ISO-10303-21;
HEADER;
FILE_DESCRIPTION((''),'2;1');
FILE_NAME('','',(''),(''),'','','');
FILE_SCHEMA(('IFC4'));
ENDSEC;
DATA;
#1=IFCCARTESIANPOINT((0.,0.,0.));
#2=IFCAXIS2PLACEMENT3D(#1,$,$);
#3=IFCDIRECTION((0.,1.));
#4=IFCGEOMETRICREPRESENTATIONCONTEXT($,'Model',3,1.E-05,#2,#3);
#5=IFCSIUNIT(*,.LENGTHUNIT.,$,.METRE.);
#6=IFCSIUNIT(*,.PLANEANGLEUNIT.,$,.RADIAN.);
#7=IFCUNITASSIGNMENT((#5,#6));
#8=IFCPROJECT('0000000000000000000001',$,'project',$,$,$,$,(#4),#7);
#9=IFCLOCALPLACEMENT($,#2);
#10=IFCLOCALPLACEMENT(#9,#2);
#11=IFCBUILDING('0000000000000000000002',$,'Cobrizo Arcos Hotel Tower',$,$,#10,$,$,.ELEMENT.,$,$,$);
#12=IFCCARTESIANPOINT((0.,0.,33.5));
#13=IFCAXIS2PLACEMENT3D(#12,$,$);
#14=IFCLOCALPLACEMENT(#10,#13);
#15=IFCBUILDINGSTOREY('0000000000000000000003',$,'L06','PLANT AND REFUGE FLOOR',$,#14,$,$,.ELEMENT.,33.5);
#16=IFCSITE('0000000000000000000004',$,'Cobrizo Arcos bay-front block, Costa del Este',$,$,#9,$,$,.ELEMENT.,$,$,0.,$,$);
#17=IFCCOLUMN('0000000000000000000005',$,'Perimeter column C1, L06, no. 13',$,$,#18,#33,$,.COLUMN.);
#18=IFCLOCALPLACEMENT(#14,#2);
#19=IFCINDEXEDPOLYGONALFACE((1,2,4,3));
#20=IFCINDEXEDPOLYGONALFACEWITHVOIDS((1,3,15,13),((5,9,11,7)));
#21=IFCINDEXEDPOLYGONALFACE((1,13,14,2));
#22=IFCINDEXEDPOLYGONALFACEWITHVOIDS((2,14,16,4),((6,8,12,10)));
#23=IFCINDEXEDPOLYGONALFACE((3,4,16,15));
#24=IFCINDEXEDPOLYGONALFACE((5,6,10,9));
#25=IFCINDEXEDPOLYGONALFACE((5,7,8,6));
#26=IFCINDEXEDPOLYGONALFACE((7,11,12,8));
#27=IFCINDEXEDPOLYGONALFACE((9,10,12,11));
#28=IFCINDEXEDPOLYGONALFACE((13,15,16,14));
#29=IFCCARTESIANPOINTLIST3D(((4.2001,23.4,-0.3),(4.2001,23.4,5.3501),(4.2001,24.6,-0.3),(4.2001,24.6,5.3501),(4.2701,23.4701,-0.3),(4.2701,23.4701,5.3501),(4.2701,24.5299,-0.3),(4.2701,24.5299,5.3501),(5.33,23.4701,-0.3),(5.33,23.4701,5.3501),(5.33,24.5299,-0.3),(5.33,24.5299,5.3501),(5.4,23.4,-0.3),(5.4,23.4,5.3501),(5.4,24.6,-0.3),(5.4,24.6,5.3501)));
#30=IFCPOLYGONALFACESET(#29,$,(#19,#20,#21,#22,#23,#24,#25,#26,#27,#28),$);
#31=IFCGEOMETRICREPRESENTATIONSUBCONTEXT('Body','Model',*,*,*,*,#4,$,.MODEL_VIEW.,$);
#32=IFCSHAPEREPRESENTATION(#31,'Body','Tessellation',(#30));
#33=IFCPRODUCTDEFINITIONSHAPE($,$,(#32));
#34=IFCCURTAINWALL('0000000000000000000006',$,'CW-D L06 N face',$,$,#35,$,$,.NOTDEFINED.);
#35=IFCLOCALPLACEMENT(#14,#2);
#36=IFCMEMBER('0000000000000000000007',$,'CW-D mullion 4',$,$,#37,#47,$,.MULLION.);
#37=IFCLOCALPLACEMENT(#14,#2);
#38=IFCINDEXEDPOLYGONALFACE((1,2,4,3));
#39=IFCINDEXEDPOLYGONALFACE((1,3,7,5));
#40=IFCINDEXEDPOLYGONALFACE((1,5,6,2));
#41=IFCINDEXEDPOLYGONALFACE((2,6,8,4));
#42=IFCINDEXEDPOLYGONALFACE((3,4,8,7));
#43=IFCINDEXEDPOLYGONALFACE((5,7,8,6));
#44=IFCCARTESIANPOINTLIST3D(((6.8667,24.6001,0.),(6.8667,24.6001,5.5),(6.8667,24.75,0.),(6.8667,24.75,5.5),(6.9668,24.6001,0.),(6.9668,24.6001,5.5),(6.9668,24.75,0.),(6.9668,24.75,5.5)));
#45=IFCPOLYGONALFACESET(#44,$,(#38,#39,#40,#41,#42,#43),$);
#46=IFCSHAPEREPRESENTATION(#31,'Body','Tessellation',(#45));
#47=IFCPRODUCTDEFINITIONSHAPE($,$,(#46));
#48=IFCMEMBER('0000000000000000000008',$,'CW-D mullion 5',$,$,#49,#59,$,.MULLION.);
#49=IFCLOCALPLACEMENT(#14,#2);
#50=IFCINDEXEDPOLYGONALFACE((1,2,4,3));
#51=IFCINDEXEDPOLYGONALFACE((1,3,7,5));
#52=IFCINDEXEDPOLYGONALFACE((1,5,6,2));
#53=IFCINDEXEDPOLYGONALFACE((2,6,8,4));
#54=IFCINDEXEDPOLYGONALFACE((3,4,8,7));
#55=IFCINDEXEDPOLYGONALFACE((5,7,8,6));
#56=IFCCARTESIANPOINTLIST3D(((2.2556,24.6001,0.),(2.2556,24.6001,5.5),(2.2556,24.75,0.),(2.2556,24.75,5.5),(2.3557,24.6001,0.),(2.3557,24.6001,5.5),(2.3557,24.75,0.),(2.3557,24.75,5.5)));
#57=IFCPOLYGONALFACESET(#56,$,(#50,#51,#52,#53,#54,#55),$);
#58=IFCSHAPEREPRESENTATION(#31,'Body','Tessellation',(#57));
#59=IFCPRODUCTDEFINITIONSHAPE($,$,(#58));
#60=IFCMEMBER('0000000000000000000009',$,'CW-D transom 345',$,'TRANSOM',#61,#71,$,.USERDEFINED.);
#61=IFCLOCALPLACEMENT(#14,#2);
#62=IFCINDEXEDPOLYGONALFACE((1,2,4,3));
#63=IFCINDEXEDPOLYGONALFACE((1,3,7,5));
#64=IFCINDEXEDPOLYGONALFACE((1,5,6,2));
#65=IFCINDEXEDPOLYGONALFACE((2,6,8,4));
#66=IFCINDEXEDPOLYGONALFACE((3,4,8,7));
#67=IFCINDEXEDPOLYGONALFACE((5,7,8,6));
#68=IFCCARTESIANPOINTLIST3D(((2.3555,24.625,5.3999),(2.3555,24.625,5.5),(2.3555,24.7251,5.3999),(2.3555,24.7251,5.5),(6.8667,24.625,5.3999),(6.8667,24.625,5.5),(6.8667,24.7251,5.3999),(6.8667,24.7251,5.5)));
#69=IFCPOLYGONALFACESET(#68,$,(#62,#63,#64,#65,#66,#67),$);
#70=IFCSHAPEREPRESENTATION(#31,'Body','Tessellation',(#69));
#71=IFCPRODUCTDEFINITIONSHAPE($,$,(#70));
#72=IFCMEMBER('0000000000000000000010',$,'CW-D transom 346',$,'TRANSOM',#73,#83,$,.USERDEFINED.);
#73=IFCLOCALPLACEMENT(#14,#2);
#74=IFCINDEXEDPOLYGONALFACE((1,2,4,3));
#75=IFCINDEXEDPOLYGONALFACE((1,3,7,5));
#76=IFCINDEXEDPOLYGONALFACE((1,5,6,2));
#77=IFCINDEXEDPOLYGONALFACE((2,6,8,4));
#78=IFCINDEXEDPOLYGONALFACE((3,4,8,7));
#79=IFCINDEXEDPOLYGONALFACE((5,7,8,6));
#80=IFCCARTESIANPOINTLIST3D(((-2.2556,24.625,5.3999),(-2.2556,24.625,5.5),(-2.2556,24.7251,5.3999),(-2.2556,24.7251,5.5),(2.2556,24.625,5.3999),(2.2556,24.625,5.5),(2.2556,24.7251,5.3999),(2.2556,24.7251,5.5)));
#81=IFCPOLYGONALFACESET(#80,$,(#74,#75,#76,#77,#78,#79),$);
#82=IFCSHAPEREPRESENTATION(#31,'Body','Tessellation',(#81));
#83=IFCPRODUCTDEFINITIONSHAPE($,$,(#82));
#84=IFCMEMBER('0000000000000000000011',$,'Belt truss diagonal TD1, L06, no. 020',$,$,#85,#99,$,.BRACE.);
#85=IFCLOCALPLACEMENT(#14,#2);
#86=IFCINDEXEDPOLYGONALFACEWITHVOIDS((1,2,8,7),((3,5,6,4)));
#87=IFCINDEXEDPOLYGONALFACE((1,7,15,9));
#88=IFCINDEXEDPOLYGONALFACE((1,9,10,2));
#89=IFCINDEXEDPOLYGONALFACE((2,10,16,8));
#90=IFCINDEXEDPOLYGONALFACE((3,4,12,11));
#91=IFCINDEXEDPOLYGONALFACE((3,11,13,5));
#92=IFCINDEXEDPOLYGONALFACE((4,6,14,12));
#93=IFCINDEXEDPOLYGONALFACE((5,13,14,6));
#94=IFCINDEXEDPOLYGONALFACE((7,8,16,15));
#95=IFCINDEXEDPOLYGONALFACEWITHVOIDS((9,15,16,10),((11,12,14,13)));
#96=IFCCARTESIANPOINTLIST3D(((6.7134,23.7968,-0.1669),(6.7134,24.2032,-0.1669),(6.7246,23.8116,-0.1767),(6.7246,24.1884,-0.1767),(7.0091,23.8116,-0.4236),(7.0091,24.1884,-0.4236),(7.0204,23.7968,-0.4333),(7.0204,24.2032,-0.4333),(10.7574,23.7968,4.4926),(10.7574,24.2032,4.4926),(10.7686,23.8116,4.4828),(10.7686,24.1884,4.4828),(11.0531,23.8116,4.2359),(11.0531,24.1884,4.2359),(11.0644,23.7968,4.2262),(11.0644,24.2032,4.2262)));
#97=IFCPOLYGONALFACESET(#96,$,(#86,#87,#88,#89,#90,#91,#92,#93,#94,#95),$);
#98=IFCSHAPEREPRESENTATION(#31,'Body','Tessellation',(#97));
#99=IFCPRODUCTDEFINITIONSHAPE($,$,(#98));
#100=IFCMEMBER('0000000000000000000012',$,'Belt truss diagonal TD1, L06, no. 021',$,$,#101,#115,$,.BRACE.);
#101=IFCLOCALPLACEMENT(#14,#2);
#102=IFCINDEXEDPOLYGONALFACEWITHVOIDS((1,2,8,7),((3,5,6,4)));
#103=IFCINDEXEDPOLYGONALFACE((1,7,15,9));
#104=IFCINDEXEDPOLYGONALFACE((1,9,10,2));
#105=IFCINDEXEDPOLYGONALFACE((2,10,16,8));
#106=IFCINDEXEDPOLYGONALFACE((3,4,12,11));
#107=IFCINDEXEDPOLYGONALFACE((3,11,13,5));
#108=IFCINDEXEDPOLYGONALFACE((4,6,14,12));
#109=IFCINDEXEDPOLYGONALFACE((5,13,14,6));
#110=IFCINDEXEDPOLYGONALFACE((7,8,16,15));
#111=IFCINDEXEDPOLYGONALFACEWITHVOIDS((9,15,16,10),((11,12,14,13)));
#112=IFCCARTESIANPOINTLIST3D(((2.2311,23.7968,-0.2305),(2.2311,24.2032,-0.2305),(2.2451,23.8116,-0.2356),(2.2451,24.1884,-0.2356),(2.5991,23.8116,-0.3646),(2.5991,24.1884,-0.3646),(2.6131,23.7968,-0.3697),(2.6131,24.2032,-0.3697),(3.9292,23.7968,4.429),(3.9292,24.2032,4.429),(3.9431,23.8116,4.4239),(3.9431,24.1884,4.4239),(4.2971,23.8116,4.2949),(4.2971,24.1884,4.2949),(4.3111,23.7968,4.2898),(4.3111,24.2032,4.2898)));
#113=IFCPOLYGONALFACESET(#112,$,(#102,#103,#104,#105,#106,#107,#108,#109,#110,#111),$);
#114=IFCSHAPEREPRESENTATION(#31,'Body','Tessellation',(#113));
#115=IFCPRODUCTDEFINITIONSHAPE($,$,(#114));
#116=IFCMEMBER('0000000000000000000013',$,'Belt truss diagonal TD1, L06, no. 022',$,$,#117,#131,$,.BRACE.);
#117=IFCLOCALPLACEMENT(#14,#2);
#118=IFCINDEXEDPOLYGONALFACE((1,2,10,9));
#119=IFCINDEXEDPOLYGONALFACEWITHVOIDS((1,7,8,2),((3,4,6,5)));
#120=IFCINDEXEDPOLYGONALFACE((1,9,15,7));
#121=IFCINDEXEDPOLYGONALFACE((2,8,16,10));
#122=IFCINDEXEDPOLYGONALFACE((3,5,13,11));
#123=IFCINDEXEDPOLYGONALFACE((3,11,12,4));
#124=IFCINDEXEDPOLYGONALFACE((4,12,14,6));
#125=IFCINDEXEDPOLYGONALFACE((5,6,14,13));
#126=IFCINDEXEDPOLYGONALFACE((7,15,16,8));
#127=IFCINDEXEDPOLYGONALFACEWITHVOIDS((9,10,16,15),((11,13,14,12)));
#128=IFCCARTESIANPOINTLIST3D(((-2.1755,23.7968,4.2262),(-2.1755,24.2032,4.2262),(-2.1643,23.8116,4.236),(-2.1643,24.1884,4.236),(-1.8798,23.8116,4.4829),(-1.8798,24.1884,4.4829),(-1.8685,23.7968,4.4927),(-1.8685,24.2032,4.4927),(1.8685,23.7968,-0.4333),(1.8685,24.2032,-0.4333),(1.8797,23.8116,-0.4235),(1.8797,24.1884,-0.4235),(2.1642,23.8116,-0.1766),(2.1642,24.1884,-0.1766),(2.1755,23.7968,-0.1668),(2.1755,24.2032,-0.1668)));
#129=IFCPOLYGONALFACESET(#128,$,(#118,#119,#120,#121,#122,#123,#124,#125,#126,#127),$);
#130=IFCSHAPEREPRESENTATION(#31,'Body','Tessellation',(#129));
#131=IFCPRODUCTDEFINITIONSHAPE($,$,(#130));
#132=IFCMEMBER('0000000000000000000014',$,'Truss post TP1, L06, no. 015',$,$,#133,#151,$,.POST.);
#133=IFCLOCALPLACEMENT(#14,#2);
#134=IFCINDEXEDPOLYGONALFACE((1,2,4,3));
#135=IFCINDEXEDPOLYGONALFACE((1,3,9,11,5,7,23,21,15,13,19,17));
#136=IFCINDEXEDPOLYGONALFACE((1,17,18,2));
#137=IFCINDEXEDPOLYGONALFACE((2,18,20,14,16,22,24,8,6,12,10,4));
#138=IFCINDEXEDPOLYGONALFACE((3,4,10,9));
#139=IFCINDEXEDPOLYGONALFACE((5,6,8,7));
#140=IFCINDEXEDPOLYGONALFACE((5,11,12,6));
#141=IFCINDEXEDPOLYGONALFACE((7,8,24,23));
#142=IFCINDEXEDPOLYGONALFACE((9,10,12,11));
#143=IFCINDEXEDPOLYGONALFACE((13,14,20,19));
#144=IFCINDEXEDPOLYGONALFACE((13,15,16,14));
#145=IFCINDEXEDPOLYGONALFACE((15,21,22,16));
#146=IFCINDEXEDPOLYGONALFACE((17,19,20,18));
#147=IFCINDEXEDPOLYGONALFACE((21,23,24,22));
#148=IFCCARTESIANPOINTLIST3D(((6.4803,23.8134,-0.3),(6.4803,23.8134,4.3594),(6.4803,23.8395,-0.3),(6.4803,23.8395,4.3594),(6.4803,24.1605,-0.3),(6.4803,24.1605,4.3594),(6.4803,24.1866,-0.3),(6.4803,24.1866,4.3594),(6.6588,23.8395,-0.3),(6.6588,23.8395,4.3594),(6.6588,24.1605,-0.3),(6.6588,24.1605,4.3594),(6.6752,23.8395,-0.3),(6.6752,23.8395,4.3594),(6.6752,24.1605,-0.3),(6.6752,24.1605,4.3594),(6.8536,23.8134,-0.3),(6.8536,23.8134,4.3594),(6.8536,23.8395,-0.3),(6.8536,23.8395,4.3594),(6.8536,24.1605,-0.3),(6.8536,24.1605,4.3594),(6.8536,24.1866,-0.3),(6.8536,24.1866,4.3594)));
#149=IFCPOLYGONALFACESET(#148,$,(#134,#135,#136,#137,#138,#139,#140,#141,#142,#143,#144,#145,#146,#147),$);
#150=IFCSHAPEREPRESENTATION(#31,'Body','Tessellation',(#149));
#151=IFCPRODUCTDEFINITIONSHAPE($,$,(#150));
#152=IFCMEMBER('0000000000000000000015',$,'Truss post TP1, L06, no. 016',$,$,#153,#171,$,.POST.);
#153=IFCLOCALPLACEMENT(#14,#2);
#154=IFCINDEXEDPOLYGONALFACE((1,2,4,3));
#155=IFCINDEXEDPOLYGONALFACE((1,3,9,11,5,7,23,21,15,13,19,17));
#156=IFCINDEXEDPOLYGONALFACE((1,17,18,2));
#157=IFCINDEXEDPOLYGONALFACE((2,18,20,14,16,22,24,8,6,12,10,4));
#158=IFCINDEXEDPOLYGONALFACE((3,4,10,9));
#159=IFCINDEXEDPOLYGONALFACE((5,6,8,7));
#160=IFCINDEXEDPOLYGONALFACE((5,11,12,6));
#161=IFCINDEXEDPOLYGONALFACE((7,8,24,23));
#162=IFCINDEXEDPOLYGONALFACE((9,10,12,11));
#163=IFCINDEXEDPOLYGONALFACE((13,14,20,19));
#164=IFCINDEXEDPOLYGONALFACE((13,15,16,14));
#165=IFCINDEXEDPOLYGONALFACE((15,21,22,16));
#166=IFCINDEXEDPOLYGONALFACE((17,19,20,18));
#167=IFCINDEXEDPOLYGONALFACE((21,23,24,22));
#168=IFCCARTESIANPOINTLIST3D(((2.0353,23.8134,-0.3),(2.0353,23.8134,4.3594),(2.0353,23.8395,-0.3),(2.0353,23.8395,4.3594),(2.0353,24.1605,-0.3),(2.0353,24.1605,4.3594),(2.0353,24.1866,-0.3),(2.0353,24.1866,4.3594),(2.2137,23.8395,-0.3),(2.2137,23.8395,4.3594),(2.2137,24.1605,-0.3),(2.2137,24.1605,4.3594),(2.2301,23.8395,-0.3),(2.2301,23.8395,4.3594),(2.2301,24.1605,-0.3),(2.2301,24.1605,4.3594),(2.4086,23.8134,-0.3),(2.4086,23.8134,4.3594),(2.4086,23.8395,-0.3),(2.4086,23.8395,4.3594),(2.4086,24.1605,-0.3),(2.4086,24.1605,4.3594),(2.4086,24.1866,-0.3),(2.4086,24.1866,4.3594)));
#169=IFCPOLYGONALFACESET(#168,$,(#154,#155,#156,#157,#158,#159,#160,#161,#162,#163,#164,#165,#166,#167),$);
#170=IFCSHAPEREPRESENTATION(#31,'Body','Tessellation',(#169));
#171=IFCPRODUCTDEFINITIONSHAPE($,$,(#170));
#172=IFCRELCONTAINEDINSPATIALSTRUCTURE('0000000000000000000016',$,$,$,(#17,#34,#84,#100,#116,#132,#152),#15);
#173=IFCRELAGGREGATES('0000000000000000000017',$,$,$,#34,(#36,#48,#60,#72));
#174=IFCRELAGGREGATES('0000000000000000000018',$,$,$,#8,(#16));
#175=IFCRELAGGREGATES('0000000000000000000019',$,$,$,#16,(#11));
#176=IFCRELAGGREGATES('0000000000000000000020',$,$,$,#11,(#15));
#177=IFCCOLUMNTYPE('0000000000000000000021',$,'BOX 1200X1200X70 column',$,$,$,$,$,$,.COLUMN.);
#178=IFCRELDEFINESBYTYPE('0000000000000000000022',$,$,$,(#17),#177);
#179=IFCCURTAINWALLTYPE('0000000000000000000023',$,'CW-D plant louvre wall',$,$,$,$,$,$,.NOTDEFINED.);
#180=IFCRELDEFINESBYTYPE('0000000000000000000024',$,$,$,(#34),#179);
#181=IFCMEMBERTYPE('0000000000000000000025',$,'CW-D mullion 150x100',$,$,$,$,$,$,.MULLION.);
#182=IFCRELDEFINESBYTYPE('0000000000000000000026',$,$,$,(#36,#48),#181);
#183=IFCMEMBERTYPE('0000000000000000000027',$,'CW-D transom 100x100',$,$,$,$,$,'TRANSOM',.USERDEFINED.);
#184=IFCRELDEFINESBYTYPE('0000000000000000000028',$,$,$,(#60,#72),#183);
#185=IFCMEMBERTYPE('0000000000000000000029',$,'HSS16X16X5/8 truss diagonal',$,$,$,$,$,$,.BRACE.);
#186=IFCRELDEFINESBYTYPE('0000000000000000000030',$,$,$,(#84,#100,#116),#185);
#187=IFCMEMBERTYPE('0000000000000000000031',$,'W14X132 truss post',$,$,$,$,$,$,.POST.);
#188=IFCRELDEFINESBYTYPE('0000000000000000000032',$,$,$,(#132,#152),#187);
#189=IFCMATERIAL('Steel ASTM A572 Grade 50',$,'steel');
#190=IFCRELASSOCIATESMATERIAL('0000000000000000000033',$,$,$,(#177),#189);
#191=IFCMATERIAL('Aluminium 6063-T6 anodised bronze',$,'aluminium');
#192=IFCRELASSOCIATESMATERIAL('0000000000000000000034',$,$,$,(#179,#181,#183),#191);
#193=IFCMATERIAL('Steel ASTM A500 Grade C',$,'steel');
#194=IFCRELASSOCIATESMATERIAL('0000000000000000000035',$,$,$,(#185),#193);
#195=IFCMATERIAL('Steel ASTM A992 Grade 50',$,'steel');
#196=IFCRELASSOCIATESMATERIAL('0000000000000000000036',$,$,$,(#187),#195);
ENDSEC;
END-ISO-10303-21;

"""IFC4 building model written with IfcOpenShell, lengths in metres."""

from ifc_helpers import new_model, si_unit, direction, frame, origin, origin_2d, place, context, subcontext, project, spatial, rectangle, hollow_rectangle, i_section, extrude, material, material_profile, profile_set, type_object, element, aggregate, save


model = new_model("IFC4")

# Units and contexts
model_context = context("Model", 3, precision=1e-05, world=origin(), true_north=direction((0.0, 1.0)))
body_context = subcontext(model_context, "Body", "Model", "MODEL_VIEW")
ifc_project = project(units=[si_unit("LENGTHUNIT", "METRE"), si_unit("PLANEANGLEUNIT", "RADIAN")], contexts=[model_context])

# Site, building, storey
site_placement = place(None, origin())
site = spatial("IfcSite", under=ifc_project, at=site_placement, Name="Cobrizo Arcos bay-front block, Costa del Este", CompositionType="ELEMENT", RefElevation=0.0)
building_placement = place(site_placement, origin())
building = spatial("IfcBuilding", under=site, at=building_placement, Name="Cobrizo Arcos Hotel Tower", CompositionType="ELEMENT")
storey_placement = place(building_placement, frame((0.0, 0.0, 33.5)))
storey = spatial("IfcBuildingStorey", under=building, at=storey_placement, Name="L06", Description="PLANT AND REFUGE FLOOR", CompositionType="ELEMENT", Elevation=33.5)

# Column
ifc_material_1 = material(Name="Steel ASTM A572 Grade 50", Category="steel")
ifc_material_profile_1 = material_profile(ifc_material_1, hollow_rectangle(XDim=1.2, YDim=1.2, WallThickness=0.0701, at=origin_2d()), Name="BOX 1200X1200X70")
ifc_profile_set_1 = profile_set([ifc_material_profile_1], Name="Steel ASTM A572 Grade 50")
column_type = type_object("IfcColumnType", Name="BOX 1200X1200X70 column", PredefinedType="COLUMN", material=ifc_profile_set_1)
column_placement = place(storey_placement, frame((4.8, 24.0, -0.3), z_axis=(0.0, 0.0, 1.0), x_axis=(1.0, 0.0, 0.0)))
element("IfcColumn", 1, at=column_placement, inside=storey, type_object=column_type, Name="Perimeter column C1, L06, no. 13", PredefinedType="COLUMN", context=body_context, shape_type="SweptSolid", body=[
    extrude(hollow_rectangle(XDim=1.2, YDim=1.2, WallThickness=0.0701, at=origin_2d()), origin(), (0.0, 0.0, 1.0), 5.6501),
])

# Curtain wall, members
ifc_material_2 = material(Name="Aluminium 6063-T6 anodised bronze", Category="aluminium")
curtain_wall_type = type_object("IfcCurtainWallType", Name="CW-D plant louvre wall", PredefinedType="NOTDEFINED", material=ifc_material_2)
curtain_wall_placement = place(storey_placement, origin())
curtain_wall = element("IfcCurtainWall", 2, at=curtain_wall_placement, inside=storey, type_object=curtain_wall_type, Name="CW-D L06 N face", PredefinedType="NOTDEFINED")
ifc_material_profile_2 = material_profile(ifc_material_2, rectangle(XDim=0.1499, YDim=0.1001, at=origin_2d()), Name="CW-D mullion 150x100")
ifc_profile_set_2 = profile_set([ifc_material_profile_2], Name="Aluminium 6063-T6 anodised bronze")
member_type_1 = type_object("IfcMemberType", Name="CW-D mullion 150x100", PredefinedType="MULLION", material=ifc_profile_set_2)
member_1_placement = place(storey_placement, frame((6.9167, 24.675, 0.0), z_axis=(0.0, 0.0, 1.0), x_axis=(0.0, 1.0, 0.0)))
member_1 = element("IfcMember", 3, at=member_1_placement, type_object=member_type_1, Name="CW-D mullion 4", PredefinedType="MULLION", context=body_context, shape_type="SweptSolid", body=[
    extrude(rectangle(XDim=0.1499, YDim=0.1001, at=origin_2d()), origin(), (0.0, 0.0, 1.0), 5.5),
])
member_2_placement = place(storey_placement, frame((2.3057, 24.675, 0.0), z_axis=(0.0, 0.0, 1.0), x_axis=(0.0, 1.0, 0.0)))
member_2 = element("IfcMember", 4, at=member_2_placement, type_object=member_type_1, Name="CW-D mullion 5", PredefinedType="MULLION", context=body_context, shape_type="SweptSolid", body=[
    extrude(rectangle(XDim=0.1499, YDim=0.1001, at=origin_2d()), origin(), (0.0, 0.0, 1.0), 5.5),
])
ifc_material_profile_3 = material_profile(ifc_material_2, rectangle(XDim=0.1001, YDim=0.1001, at=origin_2d()), Name="CW-D transom 100x100")
ifc_profile_set_3 = profile_set([ifc_material_profile_3], Name="Aluminium 6063-T6 anodised bronze")
member_type_2 = type_object("IfcMemberType", Name="CW-D transom 100x100", ElementType="TRANSOM", PredefinedType="USERDEFINED", material=ifc_profile_set_3)
member_3_placement = place(storey_placement, frame((6.8667, 24.675, 5.45), z_axis=(-1.0, 0.0, 0.0), x_axis=(0.0, -1.0, 0.0)))
member_3 = element("IfcMember", 5, at=member_3_placement, type_object=member_type_2, Name="CW-D transom 345", ObjectType="TRANSOM", PredefinedType="USERDEFINED", context=body_context, shape_type="SweptSolid", body=[
    extrude(rectangle(XDim=0.1001, YDim=0.1001, at=origin_2d()), origin(), (0.0, 0.0, 1.0), 4.5112),
])
member_4_placement = place(storey_placement, frame((2.2556, 24.675, 5.45), z_axis=(-1.0, 0.0, 0.0), x_axis=(0.0, -1.0, 0.0)))
member_4 = element("IfcMember", 6, at=member_4_placement, type_object=member_type_2, Name="CW-D transom 346", ObjectType="TRANSOM", PredefinedType="USERDEFINED", context=body_context, shape_type="SweptSolid", body=[
    extrude(rectangle(XDim=0.1001, YDim=0.1001, at=origin_2d()), origin(), (0.0, 0.0, 1.0), 4.5112),
])

# Members
ifc_material_3 = material(Name="Steel ASTM A500 Grade C", Category="steel")
ifc_material_profile_4 = material_profile(ifc_material_3, hollow_rectangle(XDim=0.4065, YDim=0.4065, WallThickness=0.0149, at=origin_2d()), Name="HSS16X16X5/8")
ifc_profile_set_4 = profile_set([ifc_material_profile_4], Name="Steel ASTM A500 Grade C")
member_type_3 = type_object("IfcMemberType", Name="HSS16X16X5/8 truss diagonal", PredefinedType="BRACE", material=ifc_profile_set_4)
member_5_placement = place(storey_placement, frame((10.9109, 24.0, 4.3594), z_axis=(-0.655465, 0.0, -0.755225), x_axis=(0.0, -1.0, 0.0)))
element("IfcMember", 7, at=member_5_placement, inside=storey, type_object=member_type_3, Name="Belt truss diagonal TD1, L06, no. 020", PredefinedType="BRACE", context=body_context, shape_type="SweptSolid", body=[
    extrude(hollow_rectangle(XDim=0.4065, YDim=0.4065, WallThickness=0.0149, at=origin_2d()), origin(), (0.0, 0.0, 1.0), 6.1697),
])
member_6_placement = place(storey_placement, frame((4.1201, 24.0, 4.3594), z_axis=(-0.342395, 0.0, -0.939556), x_axis=(0.0, -1.0, 0.0)))
element("IfcMember", 8, at=member_6_placement, inside=storey, type_object=member_type_3, Name="Belt truss diagonal TD1, L06, no. 021", PredefinedType="BRACE", context=body_context, shape_type="SweptSolid", body=[
    extrude(hollow_rectangle(XDim=0.4065, YDim=0.4065, WallThickness=0.0149, at=origin_2d()), origin(), (0.0, 0.0, 1.0), 4.9592),
])
member_7_placement = place(storey_placement, frame((2.022, 24.0, -0.3), z_axis=(-0.655465, 0.0, 0.755225), x_axis=(0.0, -1.0, 0.0)))
element("IfcMember", 9, at=member_7_placement, inside=storey, type_object=member_type_3, Name="Belt truss diagonal TD1, L06, no. 022", PredefinedType="BRACE", context=body_context, shape_type="SweptSolid", body=[
    extrude(hollow_rectangle(XDim=0.4065, YDim=0.4065, WallThickness=0.0149, at=origin_2d()), origin(), (0.0, 0.0, 1.0), 6.1697),
])
ifc_material_4 = material(Name="Steel ASTM A992 Grade 50", Category="steel")
ifc_material_profile_5 = material_profile(ifc_material_4, i_section(OverallWidth=0.3733, OverallDepth=0.3733, WebThickness=0.0164, FlangeThickness=0.0261, at=origin_2d()), Name="W14X132")
ifc_profile_set_5 = profile_set([ifc_material_profile_5], Name="Steel ASTM A992 Grade 50")
member_type_4 = type_object("IfcMemberType", Name="W14X132 truss post", PredefinedType="POST", material=ifc_profile_set_5)
for number, where, z_axis, x_axis, name in (
    (10, (6.667, 24.0, -0.3), (0.0, 0.0, 1.0), (1.0, 0.0, 0.0), "Truss post TP1, L06, no. 015"),
    (11, (2.2219, 24.0, -0.3), (0.0, 0.0, 1.0), (1.0, 0.0, 0.0), "Truss post TP1, L06, no. 016"),
):
    element("IfcMember", number, at=place(storey_placement, frame(where, z_axis=z_axis, x_axis=x_axis)), inside=storey, type_object=member_type_4, Name=name, PredefinedType="POST", context=body_context, shape_type="SweptSolid", body=[
        extrude(i_section(OverallWidth=0.3733, OverallDepth=0.3733, WebThickness=0.0164, FlangeThickness=0.0261, at=origin_2d()), origin(), (0.0, 0.0, 1.0), 4.6594),
    ])

aggregate(curtain_wall, [member_1, member_2, member_3, member_4])

save(model, "model.ifc")
